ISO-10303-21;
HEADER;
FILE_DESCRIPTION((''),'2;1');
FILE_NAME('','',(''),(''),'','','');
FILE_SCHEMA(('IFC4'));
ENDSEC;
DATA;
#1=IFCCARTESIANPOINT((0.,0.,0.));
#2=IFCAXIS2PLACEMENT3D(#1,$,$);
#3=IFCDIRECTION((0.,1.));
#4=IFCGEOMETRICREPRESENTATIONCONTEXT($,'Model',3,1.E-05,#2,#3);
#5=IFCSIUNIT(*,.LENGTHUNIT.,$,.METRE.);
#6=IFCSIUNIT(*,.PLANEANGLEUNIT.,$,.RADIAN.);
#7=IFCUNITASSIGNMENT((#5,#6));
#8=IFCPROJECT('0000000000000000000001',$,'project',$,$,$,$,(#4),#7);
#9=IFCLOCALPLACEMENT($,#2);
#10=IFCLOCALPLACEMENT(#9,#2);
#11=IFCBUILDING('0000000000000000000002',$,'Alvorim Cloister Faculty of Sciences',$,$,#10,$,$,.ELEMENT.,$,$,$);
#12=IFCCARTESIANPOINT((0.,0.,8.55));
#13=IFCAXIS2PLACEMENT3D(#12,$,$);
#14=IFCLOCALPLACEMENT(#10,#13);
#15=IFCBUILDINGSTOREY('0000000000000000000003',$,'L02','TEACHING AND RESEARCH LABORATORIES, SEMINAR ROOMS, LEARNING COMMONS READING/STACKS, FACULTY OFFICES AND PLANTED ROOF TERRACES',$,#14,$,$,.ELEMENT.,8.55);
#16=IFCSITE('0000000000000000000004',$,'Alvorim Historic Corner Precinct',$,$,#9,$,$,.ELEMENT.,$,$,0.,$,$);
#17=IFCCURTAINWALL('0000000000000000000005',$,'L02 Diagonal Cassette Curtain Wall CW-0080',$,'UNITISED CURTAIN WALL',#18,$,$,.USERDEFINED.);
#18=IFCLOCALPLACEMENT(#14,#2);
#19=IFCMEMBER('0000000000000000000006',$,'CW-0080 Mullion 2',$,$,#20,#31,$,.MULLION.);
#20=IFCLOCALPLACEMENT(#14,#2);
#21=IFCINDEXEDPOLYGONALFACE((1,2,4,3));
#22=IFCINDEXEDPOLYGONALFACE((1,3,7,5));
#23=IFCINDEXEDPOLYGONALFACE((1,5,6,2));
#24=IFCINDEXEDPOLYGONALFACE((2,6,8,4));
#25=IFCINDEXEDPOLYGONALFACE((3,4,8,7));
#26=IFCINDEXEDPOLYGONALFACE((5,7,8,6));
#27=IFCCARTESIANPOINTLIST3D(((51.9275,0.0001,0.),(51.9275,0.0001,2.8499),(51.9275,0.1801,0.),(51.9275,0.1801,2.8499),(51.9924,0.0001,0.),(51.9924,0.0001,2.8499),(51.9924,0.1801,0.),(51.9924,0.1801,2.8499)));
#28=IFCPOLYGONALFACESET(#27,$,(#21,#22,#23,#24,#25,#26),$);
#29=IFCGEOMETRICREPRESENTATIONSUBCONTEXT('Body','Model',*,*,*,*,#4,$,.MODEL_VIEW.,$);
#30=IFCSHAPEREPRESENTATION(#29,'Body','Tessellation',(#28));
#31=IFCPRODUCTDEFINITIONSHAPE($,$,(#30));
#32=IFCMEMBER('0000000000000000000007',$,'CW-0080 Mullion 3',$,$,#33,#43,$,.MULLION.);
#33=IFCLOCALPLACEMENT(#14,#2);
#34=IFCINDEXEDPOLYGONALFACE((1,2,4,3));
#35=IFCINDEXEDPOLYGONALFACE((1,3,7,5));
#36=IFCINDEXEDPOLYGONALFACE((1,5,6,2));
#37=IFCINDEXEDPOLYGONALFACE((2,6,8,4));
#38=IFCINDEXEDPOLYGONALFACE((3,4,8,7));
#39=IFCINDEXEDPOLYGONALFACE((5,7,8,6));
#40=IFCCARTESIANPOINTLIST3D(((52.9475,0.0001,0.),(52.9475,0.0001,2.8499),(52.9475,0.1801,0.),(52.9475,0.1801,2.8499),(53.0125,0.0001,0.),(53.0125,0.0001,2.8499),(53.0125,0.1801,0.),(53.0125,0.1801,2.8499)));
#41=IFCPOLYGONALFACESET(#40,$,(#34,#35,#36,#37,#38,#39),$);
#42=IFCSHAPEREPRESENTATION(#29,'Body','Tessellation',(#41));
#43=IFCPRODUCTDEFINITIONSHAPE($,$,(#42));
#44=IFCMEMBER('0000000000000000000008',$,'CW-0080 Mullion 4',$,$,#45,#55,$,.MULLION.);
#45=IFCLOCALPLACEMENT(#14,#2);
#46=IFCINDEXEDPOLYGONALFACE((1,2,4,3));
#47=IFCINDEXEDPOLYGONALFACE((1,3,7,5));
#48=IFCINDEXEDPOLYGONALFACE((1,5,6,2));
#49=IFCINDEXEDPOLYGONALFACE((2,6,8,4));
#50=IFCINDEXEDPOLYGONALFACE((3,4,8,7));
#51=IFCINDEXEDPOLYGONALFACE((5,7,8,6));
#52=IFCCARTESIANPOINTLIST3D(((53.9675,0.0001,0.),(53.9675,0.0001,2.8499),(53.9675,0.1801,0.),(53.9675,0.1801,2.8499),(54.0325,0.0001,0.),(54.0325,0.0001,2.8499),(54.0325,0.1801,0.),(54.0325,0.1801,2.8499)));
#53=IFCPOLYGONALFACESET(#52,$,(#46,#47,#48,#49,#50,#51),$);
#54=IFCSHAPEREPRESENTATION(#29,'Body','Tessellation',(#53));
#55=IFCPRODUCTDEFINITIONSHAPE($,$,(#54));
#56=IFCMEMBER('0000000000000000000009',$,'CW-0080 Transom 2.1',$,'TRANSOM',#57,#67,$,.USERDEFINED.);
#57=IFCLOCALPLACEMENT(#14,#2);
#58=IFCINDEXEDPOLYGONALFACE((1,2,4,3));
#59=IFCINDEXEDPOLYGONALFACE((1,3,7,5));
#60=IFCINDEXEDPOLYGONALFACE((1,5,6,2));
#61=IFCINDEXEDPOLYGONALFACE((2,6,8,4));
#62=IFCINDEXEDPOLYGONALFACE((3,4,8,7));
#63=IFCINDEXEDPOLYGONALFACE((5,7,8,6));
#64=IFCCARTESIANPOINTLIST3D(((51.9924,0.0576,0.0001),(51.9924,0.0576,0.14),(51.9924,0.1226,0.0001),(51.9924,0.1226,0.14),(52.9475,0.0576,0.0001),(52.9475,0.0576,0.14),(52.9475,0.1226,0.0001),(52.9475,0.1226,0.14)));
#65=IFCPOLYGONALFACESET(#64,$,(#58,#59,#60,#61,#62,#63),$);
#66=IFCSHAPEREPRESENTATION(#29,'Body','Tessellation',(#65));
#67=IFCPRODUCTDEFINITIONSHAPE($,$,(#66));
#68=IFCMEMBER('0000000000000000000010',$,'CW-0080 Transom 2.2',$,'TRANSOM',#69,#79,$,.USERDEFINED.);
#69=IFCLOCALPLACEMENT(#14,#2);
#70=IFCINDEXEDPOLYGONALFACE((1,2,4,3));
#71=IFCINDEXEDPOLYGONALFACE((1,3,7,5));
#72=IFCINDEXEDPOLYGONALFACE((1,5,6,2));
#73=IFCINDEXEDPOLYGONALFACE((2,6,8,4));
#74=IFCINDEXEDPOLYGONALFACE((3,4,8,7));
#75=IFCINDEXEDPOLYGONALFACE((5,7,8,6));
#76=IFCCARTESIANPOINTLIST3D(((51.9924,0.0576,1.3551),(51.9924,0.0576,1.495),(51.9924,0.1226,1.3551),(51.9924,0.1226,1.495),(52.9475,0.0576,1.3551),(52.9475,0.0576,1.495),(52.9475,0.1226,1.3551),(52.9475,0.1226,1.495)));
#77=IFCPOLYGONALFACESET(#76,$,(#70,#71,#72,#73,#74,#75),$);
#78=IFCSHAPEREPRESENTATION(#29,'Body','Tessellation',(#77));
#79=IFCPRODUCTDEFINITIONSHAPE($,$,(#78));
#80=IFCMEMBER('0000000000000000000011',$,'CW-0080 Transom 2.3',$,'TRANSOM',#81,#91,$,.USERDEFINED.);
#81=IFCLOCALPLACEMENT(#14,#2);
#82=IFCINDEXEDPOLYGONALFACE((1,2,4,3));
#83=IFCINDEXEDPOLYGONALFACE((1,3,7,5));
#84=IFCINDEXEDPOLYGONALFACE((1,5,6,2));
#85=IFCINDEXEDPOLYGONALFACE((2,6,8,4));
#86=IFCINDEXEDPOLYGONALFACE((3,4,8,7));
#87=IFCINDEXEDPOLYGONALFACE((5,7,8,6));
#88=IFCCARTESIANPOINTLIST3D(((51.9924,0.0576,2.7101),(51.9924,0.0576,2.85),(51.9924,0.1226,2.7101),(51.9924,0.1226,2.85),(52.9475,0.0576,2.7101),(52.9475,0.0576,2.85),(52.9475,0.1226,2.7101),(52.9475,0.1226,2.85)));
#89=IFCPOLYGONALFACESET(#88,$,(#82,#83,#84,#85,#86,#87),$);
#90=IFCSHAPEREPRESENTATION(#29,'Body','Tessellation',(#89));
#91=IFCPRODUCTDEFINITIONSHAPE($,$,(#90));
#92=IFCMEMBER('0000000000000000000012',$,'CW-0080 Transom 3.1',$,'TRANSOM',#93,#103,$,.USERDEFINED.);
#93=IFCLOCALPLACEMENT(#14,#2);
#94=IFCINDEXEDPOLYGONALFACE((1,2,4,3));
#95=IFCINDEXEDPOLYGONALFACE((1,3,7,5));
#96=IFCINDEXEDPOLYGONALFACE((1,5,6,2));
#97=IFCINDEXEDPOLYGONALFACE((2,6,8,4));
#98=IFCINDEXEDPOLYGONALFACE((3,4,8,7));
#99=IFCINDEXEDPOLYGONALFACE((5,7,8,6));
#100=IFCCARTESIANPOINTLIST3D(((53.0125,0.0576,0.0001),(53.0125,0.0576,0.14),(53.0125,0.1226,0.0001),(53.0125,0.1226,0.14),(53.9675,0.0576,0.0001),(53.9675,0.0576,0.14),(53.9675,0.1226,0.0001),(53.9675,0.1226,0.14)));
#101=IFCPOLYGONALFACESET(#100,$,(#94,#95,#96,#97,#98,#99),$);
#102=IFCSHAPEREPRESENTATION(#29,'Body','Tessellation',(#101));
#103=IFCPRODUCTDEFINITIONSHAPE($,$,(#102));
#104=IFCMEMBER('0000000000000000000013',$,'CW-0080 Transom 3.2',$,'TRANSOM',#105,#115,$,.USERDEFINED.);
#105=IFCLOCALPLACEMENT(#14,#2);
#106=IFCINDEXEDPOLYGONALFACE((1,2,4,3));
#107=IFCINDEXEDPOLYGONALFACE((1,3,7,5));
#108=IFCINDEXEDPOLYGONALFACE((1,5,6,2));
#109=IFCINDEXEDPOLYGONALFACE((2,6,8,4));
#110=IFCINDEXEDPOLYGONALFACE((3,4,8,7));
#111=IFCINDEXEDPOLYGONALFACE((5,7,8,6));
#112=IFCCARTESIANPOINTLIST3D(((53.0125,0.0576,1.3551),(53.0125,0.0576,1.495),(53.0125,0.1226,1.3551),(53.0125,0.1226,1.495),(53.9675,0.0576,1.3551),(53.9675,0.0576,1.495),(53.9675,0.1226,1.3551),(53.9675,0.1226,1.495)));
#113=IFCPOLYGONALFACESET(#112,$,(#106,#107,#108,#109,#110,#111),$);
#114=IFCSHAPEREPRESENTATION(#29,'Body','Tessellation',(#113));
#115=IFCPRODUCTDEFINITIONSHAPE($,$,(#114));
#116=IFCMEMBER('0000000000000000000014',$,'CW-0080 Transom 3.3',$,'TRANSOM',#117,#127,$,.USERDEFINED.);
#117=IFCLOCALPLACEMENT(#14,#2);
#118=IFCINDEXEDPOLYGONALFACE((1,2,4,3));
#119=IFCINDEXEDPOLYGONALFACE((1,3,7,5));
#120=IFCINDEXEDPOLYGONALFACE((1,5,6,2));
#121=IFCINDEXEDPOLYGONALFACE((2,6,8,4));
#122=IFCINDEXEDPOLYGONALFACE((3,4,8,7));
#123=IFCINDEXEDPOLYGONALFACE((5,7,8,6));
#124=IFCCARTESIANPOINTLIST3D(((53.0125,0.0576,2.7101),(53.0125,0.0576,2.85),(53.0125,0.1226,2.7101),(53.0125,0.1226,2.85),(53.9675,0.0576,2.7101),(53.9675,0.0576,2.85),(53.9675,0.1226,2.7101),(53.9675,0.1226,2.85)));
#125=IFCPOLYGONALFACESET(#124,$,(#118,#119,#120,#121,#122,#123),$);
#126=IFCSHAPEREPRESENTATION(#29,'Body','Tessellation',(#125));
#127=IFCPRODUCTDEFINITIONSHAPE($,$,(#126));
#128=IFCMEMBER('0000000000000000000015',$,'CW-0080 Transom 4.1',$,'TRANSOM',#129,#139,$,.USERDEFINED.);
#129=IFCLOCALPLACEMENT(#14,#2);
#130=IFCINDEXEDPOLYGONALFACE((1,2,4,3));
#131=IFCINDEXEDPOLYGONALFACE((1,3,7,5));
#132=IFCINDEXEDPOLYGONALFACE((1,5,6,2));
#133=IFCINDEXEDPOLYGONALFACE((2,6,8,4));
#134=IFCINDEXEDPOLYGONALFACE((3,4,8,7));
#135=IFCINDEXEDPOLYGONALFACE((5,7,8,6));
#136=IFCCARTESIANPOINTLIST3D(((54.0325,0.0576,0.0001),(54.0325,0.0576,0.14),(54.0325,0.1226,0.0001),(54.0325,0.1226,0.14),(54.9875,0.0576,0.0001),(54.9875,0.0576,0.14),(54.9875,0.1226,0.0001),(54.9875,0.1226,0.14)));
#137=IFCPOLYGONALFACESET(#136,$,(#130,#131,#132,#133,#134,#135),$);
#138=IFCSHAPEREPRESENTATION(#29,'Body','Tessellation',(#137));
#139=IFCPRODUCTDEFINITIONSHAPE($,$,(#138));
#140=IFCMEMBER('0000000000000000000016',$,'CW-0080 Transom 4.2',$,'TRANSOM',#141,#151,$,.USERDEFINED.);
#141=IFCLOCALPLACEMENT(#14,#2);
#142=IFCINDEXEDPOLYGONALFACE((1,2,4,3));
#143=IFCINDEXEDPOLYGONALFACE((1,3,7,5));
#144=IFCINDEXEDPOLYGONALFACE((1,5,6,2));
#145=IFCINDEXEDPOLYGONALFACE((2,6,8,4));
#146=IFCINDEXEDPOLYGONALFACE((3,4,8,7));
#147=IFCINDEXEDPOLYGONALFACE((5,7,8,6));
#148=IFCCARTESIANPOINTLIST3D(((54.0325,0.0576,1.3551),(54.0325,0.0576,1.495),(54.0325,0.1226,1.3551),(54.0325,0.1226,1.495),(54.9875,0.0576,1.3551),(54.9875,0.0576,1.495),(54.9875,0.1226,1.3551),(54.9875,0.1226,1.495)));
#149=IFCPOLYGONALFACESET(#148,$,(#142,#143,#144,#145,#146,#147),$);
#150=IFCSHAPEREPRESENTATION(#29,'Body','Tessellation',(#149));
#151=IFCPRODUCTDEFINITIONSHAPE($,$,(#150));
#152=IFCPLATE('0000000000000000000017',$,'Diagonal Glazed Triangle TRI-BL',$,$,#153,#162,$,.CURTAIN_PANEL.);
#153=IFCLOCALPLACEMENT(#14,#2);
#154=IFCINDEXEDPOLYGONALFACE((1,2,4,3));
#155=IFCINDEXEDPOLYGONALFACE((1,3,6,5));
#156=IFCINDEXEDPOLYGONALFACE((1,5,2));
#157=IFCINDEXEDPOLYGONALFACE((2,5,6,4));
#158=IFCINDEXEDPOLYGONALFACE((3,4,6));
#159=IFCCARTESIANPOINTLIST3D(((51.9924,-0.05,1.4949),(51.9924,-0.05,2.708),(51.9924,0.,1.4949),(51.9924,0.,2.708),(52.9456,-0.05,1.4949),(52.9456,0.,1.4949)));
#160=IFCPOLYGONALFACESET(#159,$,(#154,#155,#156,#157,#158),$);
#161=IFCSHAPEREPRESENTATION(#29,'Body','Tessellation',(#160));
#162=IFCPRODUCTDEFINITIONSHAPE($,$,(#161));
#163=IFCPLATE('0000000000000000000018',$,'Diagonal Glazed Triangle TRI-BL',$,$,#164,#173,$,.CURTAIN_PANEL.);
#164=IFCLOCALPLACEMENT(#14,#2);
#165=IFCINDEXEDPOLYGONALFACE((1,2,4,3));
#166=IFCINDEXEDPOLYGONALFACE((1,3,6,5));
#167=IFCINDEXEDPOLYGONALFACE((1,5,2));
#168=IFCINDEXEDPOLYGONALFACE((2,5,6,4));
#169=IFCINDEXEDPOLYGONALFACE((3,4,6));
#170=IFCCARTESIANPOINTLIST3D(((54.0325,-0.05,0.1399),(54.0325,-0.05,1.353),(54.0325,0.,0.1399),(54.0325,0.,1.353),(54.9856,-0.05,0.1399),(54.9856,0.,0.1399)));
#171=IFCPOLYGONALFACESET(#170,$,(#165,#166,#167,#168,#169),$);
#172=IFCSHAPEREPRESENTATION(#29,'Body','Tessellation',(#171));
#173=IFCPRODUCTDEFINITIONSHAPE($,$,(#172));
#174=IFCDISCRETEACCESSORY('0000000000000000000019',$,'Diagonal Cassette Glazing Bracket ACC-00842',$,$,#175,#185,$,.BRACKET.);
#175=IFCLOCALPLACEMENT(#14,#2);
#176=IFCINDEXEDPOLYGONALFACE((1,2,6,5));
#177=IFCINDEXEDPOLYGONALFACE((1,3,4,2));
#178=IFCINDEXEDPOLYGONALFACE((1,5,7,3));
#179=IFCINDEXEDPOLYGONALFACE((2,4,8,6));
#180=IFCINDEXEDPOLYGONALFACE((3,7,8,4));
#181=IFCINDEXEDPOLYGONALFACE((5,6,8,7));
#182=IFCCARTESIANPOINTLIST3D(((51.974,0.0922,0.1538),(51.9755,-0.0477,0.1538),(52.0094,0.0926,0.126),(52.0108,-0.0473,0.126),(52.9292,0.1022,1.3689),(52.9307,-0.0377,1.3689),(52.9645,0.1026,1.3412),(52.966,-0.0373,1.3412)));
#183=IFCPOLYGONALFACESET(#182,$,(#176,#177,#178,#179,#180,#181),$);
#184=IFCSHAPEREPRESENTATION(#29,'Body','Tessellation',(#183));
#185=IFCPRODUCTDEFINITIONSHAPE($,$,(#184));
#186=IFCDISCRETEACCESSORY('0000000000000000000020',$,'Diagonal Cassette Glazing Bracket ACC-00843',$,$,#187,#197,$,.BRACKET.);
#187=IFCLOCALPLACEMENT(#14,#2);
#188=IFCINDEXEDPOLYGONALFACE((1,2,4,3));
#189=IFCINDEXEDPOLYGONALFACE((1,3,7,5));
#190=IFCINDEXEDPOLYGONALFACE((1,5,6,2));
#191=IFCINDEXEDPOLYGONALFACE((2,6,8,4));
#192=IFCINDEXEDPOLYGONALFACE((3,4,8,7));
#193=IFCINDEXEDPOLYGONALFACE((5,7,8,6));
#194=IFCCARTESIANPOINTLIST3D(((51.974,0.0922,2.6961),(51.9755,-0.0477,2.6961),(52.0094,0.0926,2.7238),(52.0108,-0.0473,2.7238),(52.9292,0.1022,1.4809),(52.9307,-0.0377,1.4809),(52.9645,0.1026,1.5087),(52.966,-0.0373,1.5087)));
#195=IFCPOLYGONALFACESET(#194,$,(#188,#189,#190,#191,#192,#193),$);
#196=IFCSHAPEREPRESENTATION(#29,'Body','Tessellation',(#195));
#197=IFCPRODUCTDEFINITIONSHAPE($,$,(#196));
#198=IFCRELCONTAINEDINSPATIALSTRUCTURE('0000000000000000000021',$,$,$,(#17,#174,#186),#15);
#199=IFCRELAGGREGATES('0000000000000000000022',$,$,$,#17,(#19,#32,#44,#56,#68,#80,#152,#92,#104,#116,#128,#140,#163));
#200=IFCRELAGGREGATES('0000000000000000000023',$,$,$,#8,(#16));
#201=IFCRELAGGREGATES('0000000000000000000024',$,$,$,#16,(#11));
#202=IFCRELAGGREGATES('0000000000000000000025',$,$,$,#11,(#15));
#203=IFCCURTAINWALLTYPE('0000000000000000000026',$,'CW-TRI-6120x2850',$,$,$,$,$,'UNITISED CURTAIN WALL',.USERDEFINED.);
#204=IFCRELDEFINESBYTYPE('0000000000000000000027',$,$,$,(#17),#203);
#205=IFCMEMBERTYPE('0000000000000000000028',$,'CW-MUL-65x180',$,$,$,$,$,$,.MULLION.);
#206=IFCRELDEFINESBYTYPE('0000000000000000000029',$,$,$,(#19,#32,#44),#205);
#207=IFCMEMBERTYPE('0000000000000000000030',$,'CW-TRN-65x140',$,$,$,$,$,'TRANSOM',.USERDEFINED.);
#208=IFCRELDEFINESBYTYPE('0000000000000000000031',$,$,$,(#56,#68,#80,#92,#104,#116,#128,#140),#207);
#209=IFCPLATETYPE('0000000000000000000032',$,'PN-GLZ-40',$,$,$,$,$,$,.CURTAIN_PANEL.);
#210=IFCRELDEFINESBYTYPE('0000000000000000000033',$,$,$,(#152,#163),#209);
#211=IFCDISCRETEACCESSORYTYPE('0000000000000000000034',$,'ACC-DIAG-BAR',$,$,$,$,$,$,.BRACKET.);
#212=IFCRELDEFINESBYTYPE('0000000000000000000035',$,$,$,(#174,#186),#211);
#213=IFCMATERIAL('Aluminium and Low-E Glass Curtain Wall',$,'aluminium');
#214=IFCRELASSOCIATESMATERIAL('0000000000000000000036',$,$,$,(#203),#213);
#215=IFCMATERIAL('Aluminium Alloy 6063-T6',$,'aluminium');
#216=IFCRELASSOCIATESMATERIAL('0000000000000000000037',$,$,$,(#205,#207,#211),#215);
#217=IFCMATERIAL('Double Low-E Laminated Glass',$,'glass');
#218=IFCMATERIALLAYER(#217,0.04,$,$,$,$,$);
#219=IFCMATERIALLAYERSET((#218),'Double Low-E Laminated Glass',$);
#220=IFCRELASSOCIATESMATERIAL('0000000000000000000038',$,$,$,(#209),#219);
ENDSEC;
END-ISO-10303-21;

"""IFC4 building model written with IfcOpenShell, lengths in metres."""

from ifc_helpers import new_model, si_unit, direction, frame, origin, origin_2d, place, context, subcontext, project, spatial, polyline, rectangle, outline, extrude, material, layer, layer_set, material_profile, profile_set, type_object, element, aggregate, save


model = new_model("IFC4")

# Units and contexts
model_context = context("Model", 3, precision=1e-05, world=origin(), true_north=direction((0.0, 1.0)))
body_context = subcontext(model_context, "Body", "Model", "MODEL_VIEW")
ifc_project = project(units=[si_unit("LENGTHUNIT", "METRE"), si_unit("PLANEANGLEUNIT", "RADIAN")], contexts=[model_context])

# Site, building, storey
site_placement = place(None, origin())
site = spatial("IfcSite", under=ifc_project, at=site_placement, Name="Alvorim Historic Corner Precinct", CompositionType="ELEMENT", RefElevation=0.0)
building_placement = place(site_placement, origin())
building = spatial("IfcBuilding", under=site, at=building_placement, Name="Alvorim Cloister Faculty of Sciences", CompositionType="ELEMENT")
storey_placement = place(building_placement, frame((0.0, 0.0, 8.55)))
storey = spatial("IfcBuildingStorey", under=building, at=storey_placement, Name="L02", Description="TEACHING AND RESEARCH LABORATORIES, SEMINAR ROOMS, LEARNING COMMONS READING/STACKS, FACULTY OFFICES AND PLANTED ROOF TERRACES", CompositionType="ELEMENT", Elevation=8.55)

# Curtain wall, members, plates
ifc_material_1 = material(Name="Aluminium and Low-E Glass Curtain Wall", Category="aluminium")
curtain_wall_type = type_object("IfcCurtainWallType", Name="CW-TRI-6120x2850", ElementType="UNITISED CURTAIN WALL", PredefinedType="USERDEFINED", material=ifc_material_1)
curtain_wall_placement = place(storey_placement, origin())
curtain_wall = element("IfcCurtainWall", 1, at=curtain_wall_placement, inside=storey, type_object=curtain_wall_type, Name="L02 Diagonal Cassette Curtain Wall CW-0080", ObjectType="UNITISED CURTAIN WALL", PredefinedType="USERDEFINED")
ifc_material_2 = material(Name="Aluminium Alloy 6063-T6", Category="aluminium")
ifc_material_profile_1 = material_profile(ifc_material_2, rectangle(XDim=0.0649, YDim=0.1799, at=origin_2d()), Name="ALU-MUL-65x180")
ifc_profile_set_1 = profile_set([ifc_material_profile_1], Name="Aluminium Alloy 6063-T6")
member_type_1 = type_object("IfcMemberType", Name="CW-MUL-65x180", PredefinedType="MULLION", material=ifc_profile_set_1)
member_1_placement = place(storey_placement, frame((51.96, 0.0901, 0.0), z_axis=(0.0, 0.0, 1.0), x_axis=(1.0, 0.0, 0.0)))
member_1 = element("IfcMember", 2, at=member_1_placement, type_object=member_type_1, Name="CW-0080 Mullion 2", PredefinedType="MULLION", context=body_context, shape_type="SweptSolid", body=[
    extrude(rectangle(XDim=0.0649, YDim=0.1799, at=origin_2d()), origin(), (0.0, 0.0, 1.0), 2.8499),
])
member_2_placement = place(storey_placement, frame((52.98, 0.0901, 0.0), z_axis=(0.0, 0.0, 1.0), x_axis=(1.0, 0.0, 0.0)))
member_2 = element("IfcMember", 3, at=member_2_placement, type_object=member_type_1, Name="CW-0080 Mullion 3", PredefinedType="MULLION", context=body_context, shape_type="SweptSolid", body=[
    extrude(rectangle(XDim=0.0649, YDim=0.1799, at=origin_2d()), origin(), (0.0, 0.0, 1.0), 2.8499),
])
member_3_placement = place(storey_placement, frame((54.0, 0.0901, 0.0), z_axis=(0.0, 0.0, 1.0), x_axis=(1.0, 0.0, 0.0)))
member_3 = element("IfcMember", 4, at=member_3_placement, type_object=member_type_1, Name="CW-0080 Mullion 4", PredefinedType="MULLION", context=body_context, shape_type="SweptSolid", body=[
    extrude(rectangle(XDim=0.0649, YDim=0.1799, at=origin_2d()), origin(), (0.0, 0.0, 1.0), 2.8499),
])
ifc_material_profile_2 = material_profile(ifc_material_2, rectangle(XDim=0.0649, YDim=0.1399, at=origin_2d()), Name="ALU-TRN-65x140")
ifc_profile_set_2 = profile_set([ifc_material_profile_2], Name="Aluminium Alloy 6063-T6")
member_type_2 = type_object("IfcMemberType", Name="CW-TRN-65x140", ElementType="TRANSOM", PredefinedType="USERDEFINED", material=ifc_profile_set_2)
member_4_placement = place(storey_placement, frame((51.9924, 0.0901, 0.0701), z_axis=(1.0, 0.0, 0.0), x_axis=(0.0, 1.0, 0.0)))
member_4 = element("IfcMember", 5, at=member_4_placement, type_object=member_type_2, Name="CW-0080 Transom 2.1", ObjectType="TRANSOM", PredefinedType="USERDEFINED", context=body_context, shape_type="SweptSolid", body=[
    extrude(rectangle(XDim=0.0649, YDim=0.1399, at=origin_2d()), origin(), (0.0, 0.0, 1.0), 0.9551),
])
member_5_placement = place(storey_placement, frame((51.9924, 0.0901, 1.425), z_axis=(1.0, 0.0, 0.0), x_axis=(0.0, 1.0, 0.0)))
member_5 = element("IfcMember", 6, at=member_5_placement, type_object=member_type_2, Name="CW-0080 Transom 2.2", ObjectType="TRANSOM", PredefinedType="USERDEFINED", context=body_context, shape_type="SweptSolid", body=[
    extrude(rectangle(XDim=0.0649, YDim=0.1399, at=origin_2d()), origin(), (0.0, 0.0, 1.0), 0.9551),
])
member_6_placement = place(storey_placement, frame((51.9924, 0.0901, 2.78), z_axis=(1.0, 0.0, 0.0), x_axis=(0.0, 1.0, 0.0)))
member_6 = element("IfcMember", 7, at=member_6_placement, type_object=member_type_2, Name="CW-0080 Transom 2.3", ObjectType="TRANSOM", PredefinedType="USERDEFINED", context=body_context, shape_type="SweptSolid", body=[
    extrude(rectangle(XDim=0.0649, YDim=0.1399, at=origin_2d()), origin(), (0.0, 0.0, 1.0), 0.9551),
])
member_7_placement = place(storey_placement, frame((53.0125, 0.0901, 0.0701), z_axis=(1.0, 0.0, 0.0), x_axis=(0.0, 1.0, 0.0)))
member_7 = element("IfcMember", 8, at=member_7_placement, type_object=member_type_2, Name="CW-0080 Transom 3.1", ObjectType="TRANSOM", PredefinedType="USERDEFINED", context=body_context, shape_type="SweptSolid", body=[
    extrude(rectangle(XDim=0.0649, YDim=0.1399, at=origin_2d()), origin(), (0.0, 0.0, 1.0), 0.9551),
])
member_8_placement = place(storey_placement, frame((53.0125, 0.0901, 1.425), z_axis=(1.0, 0.0, 0.0), x_axis=(0.0, 1.0, 0.0)))
member_8 = element("IfcMember", 9, at=member_8_placement, type_object=member_type_2, Name="CW-0080 Transom 3.2", ObjectType="TRANSOM", PredefinedType="USERDEFINED", context=body_context, shape_type="SweptSolid", body=[
    extrude(rectangle(XDim=0.0649, YDim=0.1399, at=origin_2d()), origin(), (0.0, 0.0, 1.0), 0.9551),
])
member_9_placement = place(storey_placement, frame((53.0125, 0.0901, 2.78), z_axis=(1.0, 0.0, 0.0), x_axis=(0.0, 1.0, 0.0)))
member_9 = element("IfcMember", 10, at=member_9_placement, type_object=member_type_2, Name="CW-0080 Transom 3.3", ObjectType="TRANSOM", PredefinedType="USERDEFINED", context=body_context, shape_type="SweptSolid", body=[
    extrude(rectangle(XDim=0.0649, YDim=0.1399, at=origin_2d()), origin(), (0.0, 0.0, 1.0), 0.9551),
])
member_10_placement = place(storey_placement, frame((54.0325, 0.0901, 0.0701), z_axis=(1.0, 0.0, 0.0), x_axis=(0.0, 1.0, 0.0)))
member_10 = element("IfcMember", 11, at=member_10_placement, type_object=member_type_2, Name="CW-0080 Transom 4.1", ObjectType="TRANSOM", PredefinedType="USERDEFINED", context=body_context, shape_type="SweptSolid", body=[
    extrude(rectangle(XDim=0.0649, YDim=0.1399, at=origin_2d()), origin(), (0.0, 0.0, 1.0), 0.9551),
])
member_11_placement = place(storey_placement, frame((54.0325, 0.0901, 1.425), z_axis=(1.0, 0.0, 0.0), x_axis=(0.0, 1.0, 0.0)))
member_11 = element("IfcMember", 12, at=member_11_placement, type_object=member_type_2, Name="CW-0080 Transom 4.2", ObjectType="TRANSOM", PredefinedType="USERDEFINED", context=body_context, shape_type="SweptSolid", body=[
    extrude(rectangle(XDim=0.0649, YDim=0.1399, at=origin_2d()), origin(), (0.0, 0.0, 1.0), 0.9551),
])
ifc_material_3 = material(Name="Double Low-E Laminated Glass", Category="glass")
ifc_layer = layer(ifc_material_3, 0.04)
ifc_layer_set = layer_set([ifc_layer], Name="Double Low-E Laminated Glass")
plate_type = type_object("IfcPlateType", Name="PN-GLZ-40", PredefinedType="CURTAIN_PANEL", material=ifc_layer_set)
plate_1_placement = place(storey_placement, frame((51.9924, -0.0249, 1.4949), z_axis=(0.0, 0.0, 1.0), x_axis=(1.0, 0.0, 0.0)))
plate_1 = element("IfcPlate", 13, at=plate_1_placement, type_object=plate_type, Name="Diagonal Glazed Triangle TRI-BL", PredefinedType="CURTAIN_PANEL", context=body_context, shape_type="SweptSolid", body=[
    extrude(outline(polyline([(0.0, 0.0), (0.9531, 0.0), (0.0, 1.2131), (0.0, 0.0)])), frame((0.0, 0.0249, 0.0), z_axis=(0.0, -1.0, 0.0), x_axis=(1.0, 0.0, 0.0)), (0.0, 0.0, 1.0), 0.05),
])
plate_2_placement = place(storey_placement, frame((54.0325, -0.0249, 0.1399), z_axis=(0.0, 0.0, 1.0), x_axis=(1.0, 0.0, 0.0)))
plate_2 = element("IfcPlate", 14, at=plate_2_placement, type_object=plate_type, Name="Diagonal Glazed Triangle TRI-BL", PredefinedType="CURTAIN_PANEL", context=body_context, shape_type="SweptSolid", body=[
    extrude(outline(polyline([(0.0, 0.0), (0.9531, 0.0), (0.0, 1.2131), (0.0, 0.0)])), frame((0.0, 0.0249, 0.0), z_axis=(0.0, -1.0, 0.0), x_axis=(1.0, 0.0, 0.0)), (0.0, 0.0, 1.0), 0.05),
])
aggregate(curtain_wall, [member_1, member_2, member_3, member_4, member_5, member_6, plate_1, member_7, member_8, member_9, member_10, member_11, plate_2])

# Discrete accessories
discrete_accessory_type = type_object("IfcDiscreteAccessoryType", Name="ACC-DIAG-BAR", PredefinedType="BRACKET", material=ifc_material_2)
for number, where, z_axis, x_axis, name in (
    (15, (51.9924, 0.0225, 0.1399), (0.617955, 0.006477, 0.786187), (-0.01048, 0.999945, 0.0), "Diagonal Cassette Glazing Bracket ACC-00842"),
    (16, (51.9924, 0.0225, 2.71), (0.617955, 0.006477, -0.786187), (-0.01048, 0.999945, 0.0), "Diagonal Cassette Glazing Bracket ACC-00843"),
):
    element("IfcDiscreteAccessory", number, at=place(storey_placement, frame(where, z_axis=z_axis, x_axis=x_axis)), inside=storey, type_object=discrete_accessory_type, Name=name, PredefinedType="BRACKET", context=body_context, shape_type="SweptSolid", body=[
        extrude(rectangle(XDim=0.1399, YDim=0.0449, at=origin_2d()), origin(), (0.0, 0.0, 1.0), 1.5457),
    ])

save(model, "model.ifc")
